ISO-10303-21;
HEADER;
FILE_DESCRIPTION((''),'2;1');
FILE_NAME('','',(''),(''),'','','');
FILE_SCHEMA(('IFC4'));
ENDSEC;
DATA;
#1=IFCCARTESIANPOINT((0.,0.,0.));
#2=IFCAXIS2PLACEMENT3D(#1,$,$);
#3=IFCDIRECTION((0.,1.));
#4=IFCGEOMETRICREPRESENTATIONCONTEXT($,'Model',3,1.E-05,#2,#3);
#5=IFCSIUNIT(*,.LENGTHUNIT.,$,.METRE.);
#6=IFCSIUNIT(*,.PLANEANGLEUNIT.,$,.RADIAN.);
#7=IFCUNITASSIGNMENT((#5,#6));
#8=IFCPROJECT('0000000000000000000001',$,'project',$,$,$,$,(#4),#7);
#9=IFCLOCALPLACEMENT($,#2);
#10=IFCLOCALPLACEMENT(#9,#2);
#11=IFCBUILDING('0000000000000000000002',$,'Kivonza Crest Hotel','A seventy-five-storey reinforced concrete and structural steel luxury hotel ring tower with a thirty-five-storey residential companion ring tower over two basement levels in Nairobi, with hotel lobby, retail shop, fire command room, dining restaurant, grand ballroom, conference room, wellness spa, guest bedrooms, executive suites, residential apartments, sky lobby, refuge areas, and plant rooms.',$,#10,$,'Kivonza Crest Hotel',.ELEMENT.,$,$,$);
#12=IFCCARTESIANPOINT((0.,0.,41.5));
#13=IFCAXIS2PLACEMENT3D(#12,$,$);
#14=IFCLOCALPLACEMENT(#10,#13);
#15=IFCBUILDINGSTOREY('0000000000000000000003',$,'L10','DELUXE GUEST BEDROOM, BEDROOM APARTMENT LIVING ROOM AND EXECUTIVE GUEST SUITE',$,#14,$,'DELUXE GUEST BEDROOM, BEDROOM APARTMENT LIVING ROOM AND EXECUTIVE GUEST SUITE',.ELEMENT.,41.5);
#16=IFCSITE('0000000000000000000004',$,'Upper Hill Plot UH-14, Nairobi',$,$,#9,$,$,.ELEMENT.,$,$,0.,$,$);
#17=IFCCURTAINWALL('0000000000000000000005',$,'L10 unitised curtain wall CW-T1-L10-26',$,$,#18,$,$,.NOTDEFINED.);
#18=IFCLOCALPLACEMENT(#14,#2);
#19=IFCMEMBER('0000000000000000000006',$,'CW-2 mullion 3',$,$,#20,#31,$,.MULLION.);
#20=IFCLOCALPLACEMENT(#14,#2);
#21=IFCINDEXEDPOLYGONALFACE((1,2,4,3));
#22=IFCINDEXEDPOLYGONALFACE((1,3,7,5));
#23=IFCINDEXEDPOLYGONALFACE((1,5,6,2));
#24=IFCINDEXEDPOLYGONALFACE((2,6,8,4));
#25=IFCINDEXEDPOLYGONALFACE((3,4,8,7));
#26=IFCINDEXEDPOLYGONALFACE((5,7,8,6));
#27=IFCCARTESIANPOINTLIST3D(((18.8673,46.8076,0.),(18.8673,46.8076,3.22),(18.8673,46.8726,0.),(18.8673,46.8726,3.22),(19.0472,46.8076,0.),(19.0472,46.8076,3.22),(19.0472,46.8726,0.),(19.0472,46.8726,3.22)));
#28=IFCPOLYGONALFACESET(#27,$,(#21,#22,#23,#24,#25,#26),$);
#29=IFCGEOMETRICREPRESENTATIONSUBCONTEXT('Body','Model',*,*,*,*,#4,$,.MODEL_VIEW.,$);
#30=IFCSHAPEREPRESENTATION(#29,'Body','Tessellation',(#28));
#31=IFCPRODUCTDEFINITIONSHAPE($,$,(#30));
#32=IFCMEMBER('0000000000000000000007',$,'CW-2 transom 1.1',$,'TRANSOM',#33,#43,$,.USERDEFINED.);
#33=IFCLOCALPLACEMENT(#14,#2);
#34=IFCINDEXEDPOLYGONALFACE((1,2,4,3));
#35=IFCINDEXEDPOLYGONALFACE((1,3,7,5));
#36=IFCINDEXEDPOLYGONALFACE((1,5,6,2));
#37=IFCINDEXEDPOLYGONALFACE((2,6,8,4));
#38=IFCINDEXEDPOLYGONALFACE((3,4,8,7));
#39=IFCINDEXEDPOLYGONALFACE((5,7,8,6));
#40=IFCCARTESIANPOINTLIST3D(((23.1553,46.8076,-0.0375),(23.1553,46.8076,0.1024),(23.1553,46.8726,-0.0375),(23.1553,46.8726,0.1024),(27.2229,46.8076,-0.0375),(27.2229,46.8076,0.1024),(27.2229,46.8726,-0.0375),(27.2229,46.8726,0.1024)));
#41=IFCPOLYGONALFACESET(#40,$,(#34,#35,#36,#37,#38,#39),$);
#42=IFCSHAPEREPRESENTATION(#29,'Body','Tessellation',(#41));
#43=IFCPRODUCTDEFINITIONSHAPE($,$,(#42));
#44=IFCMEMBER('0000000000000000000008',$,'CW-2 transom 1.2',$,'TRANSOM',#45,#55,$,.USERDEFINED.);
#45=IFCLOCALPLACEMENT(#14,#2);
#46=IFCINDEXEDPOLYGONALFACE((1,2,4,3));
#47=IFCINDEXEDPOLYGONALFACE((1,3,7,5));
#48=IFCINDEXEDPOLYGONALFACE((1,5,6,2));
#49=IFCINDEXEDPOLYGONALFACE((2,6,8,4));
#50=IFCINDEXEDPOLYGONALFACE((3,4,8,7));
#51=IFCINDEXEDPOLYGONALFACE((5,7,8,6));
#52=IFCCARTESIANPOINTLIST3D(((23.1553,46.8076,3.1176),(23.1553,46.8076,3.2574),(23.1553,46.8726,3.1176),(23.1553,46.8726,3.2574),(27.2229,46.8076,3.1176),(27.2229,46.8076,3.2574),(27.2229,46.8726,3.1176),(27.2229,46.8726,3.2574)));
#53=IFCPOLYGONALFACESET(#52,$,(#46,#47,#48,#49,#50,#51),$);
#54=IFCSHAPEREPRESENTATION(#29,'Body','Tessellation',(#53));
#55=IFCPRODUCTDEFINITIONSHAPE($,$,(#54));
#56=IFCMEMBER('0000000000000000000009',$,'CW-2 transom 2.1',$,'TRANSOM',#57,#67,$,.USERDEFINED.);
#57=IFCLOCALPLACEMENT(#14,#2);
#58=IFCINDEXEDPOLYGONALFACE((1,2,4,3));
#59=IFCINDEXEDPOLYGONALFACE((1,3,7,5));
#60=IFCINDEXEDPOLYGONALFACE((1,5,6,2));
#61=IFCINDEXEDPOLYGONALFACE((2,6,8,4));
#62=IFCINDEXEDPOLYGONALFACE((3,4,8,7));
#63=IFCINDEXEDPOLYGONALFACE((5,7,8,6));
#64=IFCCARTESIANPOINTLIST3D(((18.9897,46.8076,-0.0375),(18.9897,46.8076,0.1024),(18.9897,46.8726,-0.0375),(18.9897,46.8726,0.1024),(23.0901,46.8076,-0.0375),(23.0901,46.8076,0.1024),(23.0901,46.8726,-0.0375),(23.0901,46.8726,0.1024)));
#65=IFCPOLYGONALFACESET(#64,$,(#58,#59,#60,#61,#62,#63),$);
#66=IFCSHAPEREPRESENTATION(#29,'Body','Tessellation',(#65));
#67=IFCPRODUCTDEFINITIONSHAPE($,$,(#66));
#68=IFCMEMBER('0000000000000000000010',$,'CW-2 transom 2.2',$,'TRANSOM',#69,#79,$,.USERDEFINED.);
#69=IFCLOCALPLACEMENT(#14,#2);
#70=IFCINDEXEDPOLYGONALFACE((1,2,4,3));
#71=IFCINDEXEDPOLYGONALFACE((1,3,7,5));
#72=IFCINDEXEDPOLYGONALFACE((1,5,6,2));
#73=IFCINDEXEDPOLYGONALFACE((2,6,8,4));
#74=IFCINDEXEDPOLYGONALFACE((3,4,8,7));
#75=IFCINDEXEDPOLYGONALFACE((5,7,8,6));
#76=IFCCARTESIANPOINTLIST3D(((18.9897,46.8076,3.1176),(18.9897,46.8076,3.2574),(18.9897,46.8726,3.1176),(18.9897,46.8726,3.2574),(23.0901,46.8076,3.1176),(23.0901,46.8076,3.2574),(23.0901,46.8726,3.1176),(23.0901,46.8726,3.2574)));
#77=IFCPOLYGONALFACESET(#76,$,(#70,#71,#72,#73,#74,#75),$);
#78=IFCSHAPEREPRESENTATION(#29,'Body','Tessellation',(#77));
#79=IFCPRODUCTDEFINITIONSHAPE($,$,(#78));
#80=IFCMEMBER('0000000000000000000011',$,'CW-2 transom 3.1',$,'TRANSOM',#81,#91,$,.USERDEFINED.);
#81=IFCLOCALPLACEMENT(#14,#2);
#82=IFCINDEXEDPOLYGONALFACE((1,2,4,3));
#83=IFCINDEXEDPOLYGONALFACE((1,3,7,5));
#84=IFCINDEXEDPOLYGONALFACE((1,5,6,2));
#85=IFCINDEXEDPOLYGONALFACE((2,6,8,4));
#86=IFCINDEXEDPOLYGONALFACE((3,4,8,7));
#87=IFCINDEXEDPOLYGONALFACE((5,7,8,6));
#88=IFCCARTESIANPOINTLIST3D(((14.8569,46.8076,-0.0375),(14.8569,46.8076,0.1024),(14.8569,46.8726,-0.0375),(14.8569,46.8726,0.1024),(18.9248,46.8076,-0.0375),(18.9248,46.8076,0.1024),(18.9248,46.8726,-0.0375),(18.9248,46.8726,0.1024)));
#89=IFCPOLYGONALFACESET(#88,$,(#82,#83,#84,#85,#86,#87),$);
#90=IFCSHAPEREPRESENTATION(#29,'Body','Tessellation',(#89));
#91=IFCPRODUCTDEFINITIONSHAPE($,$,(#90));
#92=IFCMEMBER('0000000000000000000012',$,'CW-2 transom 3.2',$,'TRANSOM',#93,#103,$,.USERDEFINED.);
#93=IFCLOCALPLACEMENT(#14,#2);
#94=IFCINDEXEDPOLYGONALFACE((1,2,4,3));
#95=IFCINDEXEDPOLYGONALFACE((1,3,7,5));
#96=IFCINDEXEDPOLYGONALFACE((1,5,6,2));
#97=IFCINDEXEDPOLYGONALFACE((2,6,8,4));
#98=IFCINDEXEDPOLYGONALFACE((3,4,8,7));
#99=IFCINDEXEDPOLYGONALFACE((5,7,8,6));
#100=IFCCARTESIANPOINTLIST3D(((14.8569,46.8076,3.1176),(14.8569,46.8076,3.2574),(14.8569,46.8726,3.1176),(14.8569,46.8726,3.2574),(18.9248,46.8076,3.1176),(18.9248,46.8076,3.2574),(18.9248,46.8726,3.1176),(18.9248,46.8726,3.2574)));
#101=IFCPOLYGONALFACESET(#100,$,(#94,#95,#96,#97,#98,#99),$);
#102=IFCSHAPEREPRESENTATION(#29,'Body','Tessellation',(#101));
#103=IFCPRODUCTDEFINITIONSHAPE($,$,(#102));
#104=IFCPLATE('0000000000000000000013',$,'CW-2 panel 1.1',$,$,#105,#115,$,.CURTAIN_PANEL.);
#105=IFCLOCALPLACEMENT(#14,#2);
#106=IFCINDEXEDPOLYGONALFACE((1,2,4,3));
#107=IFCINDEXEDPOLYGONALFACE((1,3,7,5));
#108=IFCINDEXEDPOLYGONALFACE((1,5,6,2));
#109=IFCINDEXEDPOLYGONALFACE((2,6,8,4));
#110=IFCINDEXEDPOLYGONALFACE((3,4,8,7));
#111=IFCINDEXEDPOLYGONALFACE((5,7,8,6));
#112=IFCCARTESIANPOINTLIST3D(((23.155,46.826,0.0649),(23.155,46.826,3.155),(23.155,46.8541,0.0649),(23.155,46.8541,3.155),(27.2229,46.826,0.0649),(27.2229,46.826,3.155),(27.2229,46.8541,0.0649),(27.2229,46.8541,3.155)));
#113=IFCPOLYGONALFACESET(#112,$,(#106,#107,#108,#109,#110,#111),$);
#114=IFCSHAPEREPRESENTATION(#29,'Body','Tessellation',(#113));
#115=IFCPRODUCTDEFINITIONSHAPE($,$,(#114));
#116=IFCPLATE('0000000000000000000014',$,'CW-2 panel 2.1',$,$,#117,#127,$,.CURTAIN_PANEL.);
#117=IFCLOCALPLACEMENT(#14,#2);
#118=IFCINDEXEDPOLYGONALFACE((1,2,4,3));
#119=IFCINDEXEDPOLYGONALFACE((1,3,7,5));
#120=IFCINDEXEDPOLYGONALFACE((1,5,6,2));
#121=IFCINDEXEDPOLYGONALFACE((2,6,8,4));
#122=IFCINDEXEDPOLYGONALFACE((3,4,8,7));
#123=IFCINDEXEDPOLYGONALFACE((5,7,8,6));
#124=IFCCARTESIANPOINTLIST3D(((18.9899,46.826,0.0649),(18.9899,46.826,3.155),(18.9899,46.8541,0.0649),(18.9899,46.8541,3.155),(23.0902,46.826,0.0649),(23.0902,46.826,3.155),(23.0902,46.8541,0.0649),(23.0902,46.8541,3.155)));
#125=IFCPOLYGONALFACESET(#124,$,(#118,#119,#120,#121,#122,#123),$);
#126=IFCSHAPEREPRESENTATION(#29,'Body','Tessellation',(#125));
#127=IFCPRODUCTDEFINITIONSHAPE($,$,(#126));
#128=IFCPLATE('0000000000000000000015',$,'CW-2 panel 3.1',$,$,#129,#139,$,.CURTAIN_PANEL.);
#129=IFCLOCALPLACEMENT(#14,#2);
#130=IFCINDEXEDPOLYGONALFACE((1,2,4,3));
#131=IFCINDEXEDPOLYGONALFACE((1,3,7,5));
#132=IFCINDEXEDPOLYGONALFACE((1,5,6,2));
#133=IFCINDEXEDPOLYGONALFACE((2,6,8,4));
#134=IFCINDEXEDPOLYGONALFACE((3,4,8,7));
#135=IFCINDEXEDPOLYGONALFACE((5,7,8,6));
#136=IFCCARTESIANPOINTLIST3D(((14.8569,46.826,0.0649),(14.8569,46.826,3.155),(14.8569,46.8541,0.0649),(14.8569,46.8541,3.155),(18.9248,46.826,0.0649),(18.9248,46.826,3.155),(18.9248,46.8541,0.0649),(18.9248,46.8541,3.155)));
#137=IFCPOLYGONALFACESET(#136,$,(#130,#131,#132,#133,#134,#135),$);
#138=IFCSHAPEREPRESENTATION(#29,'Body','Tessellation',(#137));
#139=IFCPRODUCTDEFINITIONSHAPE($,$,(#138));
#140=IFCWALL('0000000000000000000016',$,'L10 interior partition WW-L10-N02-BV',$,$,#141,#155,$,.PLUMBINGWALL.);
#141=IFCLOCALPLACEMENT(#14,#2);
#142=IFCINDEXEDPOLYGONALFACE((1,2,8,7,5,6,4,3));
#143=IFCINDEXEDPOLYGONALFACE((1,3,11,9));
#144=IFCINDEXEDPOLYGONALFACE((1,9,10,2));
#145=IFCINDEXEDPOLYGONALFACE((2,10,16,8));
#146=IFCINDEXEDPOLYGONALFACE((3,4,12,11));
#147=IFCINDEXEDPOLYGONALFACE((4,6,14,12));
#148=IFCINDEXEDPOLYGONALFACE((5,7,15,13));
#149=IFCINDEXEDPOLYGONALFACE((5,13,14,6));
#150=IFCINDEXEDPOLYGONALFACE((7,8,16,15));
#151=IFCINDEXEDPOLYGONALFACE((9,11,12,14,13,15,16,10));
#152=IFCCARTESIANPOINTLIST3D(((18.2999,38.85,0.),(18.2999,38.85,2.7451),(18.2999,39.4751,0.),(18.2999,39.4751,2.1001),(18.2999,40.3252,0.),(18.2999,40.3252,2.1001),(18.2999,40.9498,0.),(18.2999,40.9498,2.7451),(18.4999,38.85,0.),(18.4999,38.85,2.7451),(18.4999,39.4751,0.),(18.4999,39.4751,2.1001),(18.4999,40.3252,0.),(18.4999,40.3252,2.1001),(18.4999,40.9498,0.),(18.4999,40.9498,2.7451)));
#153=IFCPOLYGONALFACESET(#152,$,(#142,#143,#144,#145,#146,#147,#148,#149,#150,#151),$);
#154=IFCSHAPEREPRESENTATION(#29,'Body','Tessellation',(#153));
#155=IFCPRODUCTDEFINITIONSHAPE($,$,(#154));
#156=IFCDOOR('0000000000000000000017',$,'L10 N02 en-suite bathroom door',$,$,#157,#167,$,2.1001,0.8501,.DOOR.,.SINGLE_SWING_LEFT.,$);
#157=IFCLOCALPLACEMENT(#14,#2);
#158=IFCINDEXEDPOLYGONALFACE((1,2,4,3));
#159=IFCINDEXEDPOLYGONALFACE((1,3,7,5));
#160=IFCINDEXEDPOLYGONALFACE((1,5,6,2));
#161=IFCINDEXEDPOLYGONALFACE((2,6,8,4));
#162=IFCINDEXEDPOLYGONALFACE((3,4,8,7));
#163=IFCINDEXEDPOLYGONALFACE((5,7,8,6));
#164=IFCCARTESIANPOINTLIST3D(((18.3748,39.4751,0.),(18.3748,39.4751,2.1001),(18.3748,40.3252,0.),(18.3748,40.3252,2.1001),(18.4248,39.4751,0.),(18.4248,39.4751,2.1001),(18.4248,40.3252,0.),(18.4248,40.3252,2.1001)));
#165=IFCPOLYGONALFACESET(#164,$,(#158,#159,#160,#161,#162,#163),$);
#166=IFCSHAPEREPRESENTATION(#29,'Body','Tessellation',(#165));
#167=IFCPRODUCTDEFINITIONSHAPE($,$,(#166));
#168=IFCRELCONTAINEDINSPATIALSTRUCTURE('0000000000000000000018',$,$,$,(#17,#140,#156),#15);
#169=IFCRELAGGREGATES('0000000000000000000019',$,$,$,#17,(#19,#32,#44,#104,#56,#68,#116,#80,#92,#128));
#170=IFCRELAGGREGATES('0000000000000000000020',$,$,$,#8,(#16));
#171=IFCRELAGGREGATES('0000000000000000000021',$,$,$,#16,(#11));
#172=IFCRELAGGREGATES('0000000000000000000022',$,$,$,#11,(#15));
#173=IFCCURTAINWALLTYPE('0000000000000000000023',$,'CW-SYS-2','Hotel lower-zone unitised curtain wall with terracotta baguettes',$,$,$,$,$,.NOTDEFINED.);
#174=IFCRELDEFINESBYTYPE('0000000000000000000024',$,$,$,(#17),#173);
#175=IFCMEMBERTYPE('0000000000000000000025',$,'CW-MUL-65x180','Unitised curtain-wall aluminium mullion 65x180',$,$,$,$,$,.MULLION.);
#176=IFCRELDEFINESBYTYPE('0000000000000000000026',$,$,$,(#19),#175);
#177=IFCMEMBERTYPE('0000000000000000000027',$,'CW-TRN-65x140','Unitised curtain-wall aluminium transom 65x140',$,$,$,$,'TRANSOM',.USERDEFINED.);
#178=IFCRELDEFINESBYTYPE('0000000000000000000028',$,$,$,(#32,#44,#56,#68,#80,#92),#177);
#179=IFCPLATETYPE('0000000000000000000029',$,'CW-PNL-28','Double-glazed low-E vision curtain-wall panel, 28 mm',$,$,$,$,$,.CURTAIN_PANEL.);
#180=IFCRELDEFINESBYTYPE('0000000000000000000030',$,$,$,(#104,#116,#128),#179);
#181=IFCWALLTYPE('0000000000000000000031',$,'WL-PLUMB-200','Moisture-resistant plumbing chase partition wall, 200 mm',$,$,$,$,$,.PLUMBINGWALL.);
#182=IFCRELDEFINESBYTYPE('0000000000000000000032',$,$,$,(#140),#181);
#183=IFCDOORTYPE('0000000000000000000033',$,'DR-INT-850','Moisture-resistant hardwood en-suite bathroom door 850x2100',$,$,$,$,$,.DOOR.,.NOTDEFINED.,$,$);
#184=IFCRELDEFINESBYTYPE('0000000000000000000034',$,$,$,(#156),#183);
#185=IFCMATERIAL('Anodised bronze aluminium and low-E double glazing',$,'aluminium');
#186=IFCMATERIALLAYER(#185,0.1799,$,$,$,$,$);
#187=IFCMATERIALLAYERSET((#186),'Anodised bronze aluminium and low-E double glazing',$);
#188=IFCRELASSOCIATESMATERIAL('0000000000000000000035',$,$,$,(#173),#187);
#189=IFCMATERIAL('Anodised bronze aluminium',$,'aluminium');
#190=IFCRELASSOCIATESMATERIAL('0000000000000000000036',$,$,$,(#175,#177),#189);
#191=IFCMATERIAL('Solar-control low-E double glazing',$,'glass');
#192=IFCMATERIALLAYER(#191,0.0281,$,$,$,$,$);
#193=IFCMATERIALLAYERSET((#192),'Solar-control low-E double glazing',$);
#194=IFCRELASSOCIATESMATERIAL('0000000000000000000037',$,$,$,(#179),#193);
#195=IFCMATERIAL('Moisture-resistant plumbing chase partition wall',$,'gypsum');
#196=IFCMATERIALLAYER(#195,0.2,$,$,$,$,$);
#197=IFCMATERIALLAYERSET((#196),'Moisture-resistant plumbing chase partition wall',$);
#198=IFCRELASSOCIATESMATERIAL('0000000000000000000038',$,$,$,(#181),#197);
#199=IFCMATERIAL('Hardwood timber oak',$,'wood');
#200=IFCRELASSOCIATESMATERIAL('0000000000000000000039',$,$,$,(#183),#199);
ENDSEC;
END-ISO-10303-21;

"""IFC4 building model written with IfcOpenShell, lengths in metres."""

from ifc_helpers import new_model, si_unit, direction, frame, frame_2d, origin, origin_2d, place, context, subcontext, project, spatial, rectangle, extrude, material, layer, layer_set, material_profile, profile_set, type_object, element, fill, aggregate, save


model = new_model("IFC4")

# Units and contexts
model_context = context("Model", 3, precision=1e-05, world=origin(), true_north=direction((0.0, 1.0)))
body_context = subcontext(model_context, "Body", "Model", "MODEL_VIEW")
ifc_project = project(units=[si_unit("LENGTHUNIT", "METRE"), si_unit("PLANEANGLEUNIT", "RADIAN")], contexts=[model_context])

# Site, building, storey
site_placement = place(None, origin())
site = spatial("IfcSite", under=ifc_project, at=site_placement, Name="Upper Hill Plot UH-14, Nairobi", CompositionType="ELEMENT", RefElevation=0.0)
building_placement = place(site_placement, origin())
building = spatial("IfcBuilding", under=site, at=building_placement, Name="Kivonza Crest Hotel", Description="A seventy-five-storey reinforced concrete and structural steel luxury hotel ring tower with a thirty-five-storey residential companion ring tower over two basement levels in Nairobi, with hotel lobby, retail shop, fire command room, dining restaurant, grand ballroom, conference room, wellness spa, guest bedrooms, executive suites, residential apartments, sky lobby, refuge areas, and plant rooms.", LongName="Kivonza Crest Hotel", CompositionType="ELEMENT")
storey_placement = place(building_placement, frame((0.0, 0.0, 41.5)))
storey = spatial("IfcBuildingStorey", under=building, at=storey_placement, Name="L10", Description="DELUXE GUEST BEDROOM, BEDROOM APARTMENT LIVING ROOM AND EXECUTIVE GUEST SUITE", LongName="DELUXE GUEST BEDROOM, BEDROOM APARTMENT LIVING ROOM AND EXECUTIVE GUEST SUITE", CompositionType="ELEMENT", Elevation=41.5)

# Curtain wall, members, plates
ifc_material_1 = material(Name="Anodised bronze aluminium and low-E double glazing", Category="aluminium")
ifc_layer_1 = layer(ifc_material_1, 0.1799)
ifc_layer_set_1 = layer_set([ifc_layer_1], Name="Anodised bronze aluminium and low-E double glazing")
curtain_wall_type = type_object("IfcCurtainWallType", Name="CW-SYS-2", Description="Hotel lower-zone unitised curtain wall with terracotta baguettes", PredefinedType="NOTDEFINED", material=ifc_layer_set_1)
curtain_wall_placement = place(storey_placement, origin())
curtain_wall = element("IfcCurtainWall", 1, at=curtain_wall_placement, inside=storey, type_object=curtain_wall_type, Name="L10 unitised curtain wall CW-T1-L10-26", PredefinedType="NOTDEFINED")
ifc_material_2 = material(Name="Anodised bronze aluminium", Category="aluminium")
ifc_material_profile_1 = material_profile(ifc_material_2, rectangle(XDim=0.0649, YDim=0.1799, at=origin_2d()), Name="CW-M 65x180")
ifc_profile_set_1 = profile_set([ifc_material_profile_1], Name="Anodised bronze aluminium")
member_type_1 = type_object("IfcMemberType", Name="CW-MUL-65x180", Description="Unitised curtain-wall aluminium mullion 65x180", PredefinedType="MULLION", material=ifc_profile_set_1)
member_1_placement = place(storey_placement, frame((18.9573, 46.8401, 0.0), z_axis=(0.0, 0.0, 1.0), x_axis=(0.0, -1.0, 0.0)))
member_1 = element("IfcMember", 2, at=member_1_placement, type_object=member_type_1, Name="CW-2 mullion 3", PredefinedType="MULLION", context=body_context, shape_type="SweptSolid", body=[
    extrude(rectangle(XDim=0.0649, YDim=0.1799, at=origin_2d()), origin(), (0.0, 0.0, 1.0), 3.22),
])
ifc_material_profile_2 = material_profile(ifc_material_2, rectangle(XDim=0.0649, YDim=0.1399, at=origin_2d()), Name="CW-T 65x140")
ifc_profile_set_2 = profile_set([ifc_material_profile_2], Name="Anodised bronze aluminium")
member_type_2 = type_object("IfcMemberType", Name="CW-TRN-65x140", Description="Unitised curtain-wall aluminium transom 65x140", ElementType="TRANSOM", PredefinedType="USERDEFINED", material=ifc_profile_set_2)
member_2_placement = place(storey_placement, frame((27.2229, 46.8401, 0.0325), z_axis=(-1.0, 0.0, 0.0), x_axis=(0.0, -1.0, 0.0)))
member_2 = element("IfcMember", 3, at=member_2_placement, type_object=member_type_2, Name="CW-2 transom 1.1", ObjectType="TRANSOM", PredefinedType="USERDEFINED", context=body_context, shape_type="SweptSolid", body=[
    extrude(rectangle(XDim=0.0649, YDim=0.1399, at=origin_2d()), origin(), (0.0, 0.0, 1.0), 4.0676),
])
member_3_placement = place(storey_placement, frame((27.2229, 46.8401, 3.1875), z_axis=(-1.0, 0.0, 0.0), x_axis=(0.0, -1.0, 0.0)))
member_3 = element("IfcMember", 4, at=member_3_placement, type_object=member_type_2, Name="CW-2 transom 1.2", ObjectType="TRANSOM", PredefinedType="USERDEFINED", context=body_context, shape_type="SweptSolid", body=[
    extrude(rectangle(XDim=0.0649, YDim=0.1399, at=origin_2d()), origin(), (0.0, 0.0, 1.0), 4.0676),
])
member_4_placement = place(storey_placement, frame((23.0901, 46.8401, 0.0325), z_axis=(-1.0, 0.0, 0.0), x_axis=(0.0, -1.0, 0.0)))
member_4 = element("IfcMember", 5, at=member_4_placement, type_object=member_type_2, Name="CW-2 transom 2.1", ObjectType="TRANSOM", PredefinedType="USERDEFINED", context=body_context, shape_type="SweptSolid", body=[
    extrude(rectangle(XDim=0.0649, YDim=0.1399, at=origin_2d()), origin(), (0.0, 0.0, 1.0), 4.1003),
])
member_5_placement = place(storey_placement, frame((23.0901, 46.8401, 3.1875), z_axis=(-1.0, 0.0, 0.0), x_axis=(0.0, -1.0, 0.0)))
member_5 = element("IfcMember", 6, at=member_5_placement, type_object=member_type_2, Name="CW-2 transom 2.2", ObjectType="TRANSOM", PredefinedType="USERDEFINED", context=body_context, shape_type="SweptSolid", body=[
    extrude(rectangle(XDim=0.0649, YDim=0.1399, at=origin_2d()), origin(), (0.0, 0.0, 1.0), 4.1003),
])
member_6_placement = place(storey_placement, frame((18.9248, 46.8401, 0.0325), z_axis=(-1.0, 0.0, 0.0), x_axis=(0.0, -1.0, 0.0)))
member_6 = element("IfcMember", 7, at=member_6_placement, type_object=member_type_2, Name="CW-2 transom 3.1", ObjectType="TRANSOM", PredefinedType="USERDEFINED", context=body_context, shape_type="SweptSolid", body=[
    extrude(rectangle(XDim=0.0649, YDim=0.1399, at=origin_2d()), origin(), (0.0, 0.0, 1.0), 4.0679),
])
member_7_placement = place(storey_placement, frame((18.9248, 46.8401, 3.1875), z_axis=(-1.0, 0.0, 0.0), x_axis=(0.0, -1.0, 0.0)))
member_7 = element("IfcMember", 8, at=member_7_placement, type_object=member_type_2, Name="CW-2 transom 3.2", ObjectType="TRANSOM", PredefinedType="USERDEFINED", context=body_context, shape_type="SweptSolid", body=[
    extrude(rectangle(XDim=0.0649, YDim=0.1399, at=origin_2d()), origin(), (0.0, 0.0, 1.0), 4.0679),
])
ifc_material_3 = material(Name="Solar-control low-E double glazing", Category="glass")
ifc_layer_2 = layer(ifc_material_3, 0.0281)
ifc_layer_set_2 = layer_set([ifc_layer_2], Name="Solar-control low-E double glazing")
plate_type = type_object("IfcPlateType", Name="CW-PNL-28", Description="Double-glazed low-E vision curtain-wall panel, 28 mm", PredefinedType="CURTAIN_PANEL", material=ifc_layer_set_2)
plate_1_placement = place(storey_placement, frame((25.189, 46.8401, 0.0649), z_axis=(0.0, 0.0, 1.0), x_axis=(-1.0, 0.0, 0.0)))
plate_1 = element("IfcPlate", 9, at=plate_1_placement, type_object=plate_type, Name="CW-2 panel 1.1", PredefinedType="CURTAIN_PANEL", context=body_context, shape_type="SweptSolid", body=[
    extrude(rectangle(XDim=4.0679, YDim=0.0281, at=origin_2d()), origin(), (0.0, 0.0, 1.0), 3.0901),
])
plate_2_placement = place(storey_placement, frame((21.04, 46.8401, 0.0649), z_axis=(0.0, 0.0, 1.0), x_axis=(-1.0, 0.0, 0.0)))
plate_2 = element("IfcPlate", 10, at=plate_2_placement, type_object=plate_type, Name="CW-2 panel 2.1", PredefinedType="CURTAIN_PANEL", context=body_context, shape_type="SweptSolid", body=[
    extrude(rectangle(XDim=4.1003, YDim=0.0281, at=origin_2d()), origin(), (0.0, 0.0, 1.0), 3.0901),
])
plate_3_placement = place(storey_placement, frame((16.8909, 46.8401, 0.0649), z_axis=(0.0, 0.0, 1.0), x_axis=(-1.0, 0.0, 0.0)))
plate_3 = element("IfcPlate", 11, at=plate_3_placement, type_object=plate_type, Name="CW-2 panel 3.1", PredefinedType="CURTAIN_PANEL", context=body_context, shape_type="SweptSolid", body=[
    extrude(rectangle(XDim=4.0679, YDim=0.0281, at=origin_2d()), origin(), (0.0, 0.0, 1.0), 3.0901),
])
aggregate(curtain_wall, [member_1, member_2, member_3, plate_1, member_4, member_5, plate_2, member_6, member_7, plate_3])

# Wall, opening, door
ifc_material_4 = material(Name="Moisture-resistant plumbing chase partition wall", Category="gypsum")
ifc_layer_3 = layer(ifc_material_4, 0.2)
ifc_layer_set_3 = layer_set([ifc_layer_3], Name="Moisture-resistant plumbing chase partition wall")
wall_type = type_object("IfcWallType", Name="WL-PLUMB-200", Description="Moisture-resistant plumbing chase partition wall, 200 mm", PredefinedType="PLUMBINGWALL", material=ifc_layer_set_3)
wall_placement = place(storey_placement, frame((18.3999, 38.8501, 0.0), z_axis=(0.0, 0.0, 1.0), x_axis=(0.0, 1.0, 0.0)))
wall = element("IfcWall", 12, at=wall_placement, inside=storey, type_object=wall_type, Name="L10 interior partition WW-L10-N02-BV", PredefinedType="PLUMBINGWALL", context=body_context, shape_type="SweptSolid", body=[
    extrude(rectangle(XDim=2.0999, YDim=0.2, at=frame_2d((1.0498, 0.0))), origin(), (0.0, 0.0, 1.0), 2.7451),
])
opening_placement = place(wall_placement, frame((0.625, 0.0, 0.0)))
opening = element("IfcOpeningElement", 13, at=opening_placement, cuts=wall, PredefinedType="OPENING", context=body_context, shape_type="SweptSolid", body=[
    extrude(rectangle(XDim=0.8501, YDim=2.1001, at=frame_2d((0.425, 1.05))), frame((0.0, 0.1099, 0.0), z_axis=(0.0, -1.0, 0.0), x_axis=(1.0, 0.0, 0.0)), (0.0, 0.0, 1.0), 0.22),
])
ifc_material_5 = material(Name="Hardwood timber oak", Category="wood")
door_type = type_object("IfcDoorType", Name="DR-INT-850", Description="Moisture-resistant hardwood en-suite bathroom door 850x2100", OperationType="NOTDEFINED", PredefinedType="DOOR", material=ifc_material_5)
door_placement = place(opening_placement, frame((0.8501, 0.0, 0.0), z_axis=(0.0, 0.0, 1.0), x_axis=(-1.0, 0.0, 0.0)))
door = element("IfcDoor", 14, at=door_placement, inside=storey, type_object=door_type, Name="L10 N02 en-suite bathroom door", OperationType="SINGLE_SWING_LEFT", OverallHeight=2.1001, OverallWidth=0.8501, PredefinedType="DOOR", context=body_context, shape_type="SweptSolid", body=[
    extrude(rectangle(XDim=0.8501, YDim=2.1001, at=frame_2d((0.425, 1.05))), frame((0.0, 0.0249, 0.0), z_axis=(0.0, -1.0, 0.0), x_axis=(1.0, 0.0, 0.0)), (0.0, 0.0, 1.0), 0.05),
])
fill(opening, door)

save(model, "model.ifc")
